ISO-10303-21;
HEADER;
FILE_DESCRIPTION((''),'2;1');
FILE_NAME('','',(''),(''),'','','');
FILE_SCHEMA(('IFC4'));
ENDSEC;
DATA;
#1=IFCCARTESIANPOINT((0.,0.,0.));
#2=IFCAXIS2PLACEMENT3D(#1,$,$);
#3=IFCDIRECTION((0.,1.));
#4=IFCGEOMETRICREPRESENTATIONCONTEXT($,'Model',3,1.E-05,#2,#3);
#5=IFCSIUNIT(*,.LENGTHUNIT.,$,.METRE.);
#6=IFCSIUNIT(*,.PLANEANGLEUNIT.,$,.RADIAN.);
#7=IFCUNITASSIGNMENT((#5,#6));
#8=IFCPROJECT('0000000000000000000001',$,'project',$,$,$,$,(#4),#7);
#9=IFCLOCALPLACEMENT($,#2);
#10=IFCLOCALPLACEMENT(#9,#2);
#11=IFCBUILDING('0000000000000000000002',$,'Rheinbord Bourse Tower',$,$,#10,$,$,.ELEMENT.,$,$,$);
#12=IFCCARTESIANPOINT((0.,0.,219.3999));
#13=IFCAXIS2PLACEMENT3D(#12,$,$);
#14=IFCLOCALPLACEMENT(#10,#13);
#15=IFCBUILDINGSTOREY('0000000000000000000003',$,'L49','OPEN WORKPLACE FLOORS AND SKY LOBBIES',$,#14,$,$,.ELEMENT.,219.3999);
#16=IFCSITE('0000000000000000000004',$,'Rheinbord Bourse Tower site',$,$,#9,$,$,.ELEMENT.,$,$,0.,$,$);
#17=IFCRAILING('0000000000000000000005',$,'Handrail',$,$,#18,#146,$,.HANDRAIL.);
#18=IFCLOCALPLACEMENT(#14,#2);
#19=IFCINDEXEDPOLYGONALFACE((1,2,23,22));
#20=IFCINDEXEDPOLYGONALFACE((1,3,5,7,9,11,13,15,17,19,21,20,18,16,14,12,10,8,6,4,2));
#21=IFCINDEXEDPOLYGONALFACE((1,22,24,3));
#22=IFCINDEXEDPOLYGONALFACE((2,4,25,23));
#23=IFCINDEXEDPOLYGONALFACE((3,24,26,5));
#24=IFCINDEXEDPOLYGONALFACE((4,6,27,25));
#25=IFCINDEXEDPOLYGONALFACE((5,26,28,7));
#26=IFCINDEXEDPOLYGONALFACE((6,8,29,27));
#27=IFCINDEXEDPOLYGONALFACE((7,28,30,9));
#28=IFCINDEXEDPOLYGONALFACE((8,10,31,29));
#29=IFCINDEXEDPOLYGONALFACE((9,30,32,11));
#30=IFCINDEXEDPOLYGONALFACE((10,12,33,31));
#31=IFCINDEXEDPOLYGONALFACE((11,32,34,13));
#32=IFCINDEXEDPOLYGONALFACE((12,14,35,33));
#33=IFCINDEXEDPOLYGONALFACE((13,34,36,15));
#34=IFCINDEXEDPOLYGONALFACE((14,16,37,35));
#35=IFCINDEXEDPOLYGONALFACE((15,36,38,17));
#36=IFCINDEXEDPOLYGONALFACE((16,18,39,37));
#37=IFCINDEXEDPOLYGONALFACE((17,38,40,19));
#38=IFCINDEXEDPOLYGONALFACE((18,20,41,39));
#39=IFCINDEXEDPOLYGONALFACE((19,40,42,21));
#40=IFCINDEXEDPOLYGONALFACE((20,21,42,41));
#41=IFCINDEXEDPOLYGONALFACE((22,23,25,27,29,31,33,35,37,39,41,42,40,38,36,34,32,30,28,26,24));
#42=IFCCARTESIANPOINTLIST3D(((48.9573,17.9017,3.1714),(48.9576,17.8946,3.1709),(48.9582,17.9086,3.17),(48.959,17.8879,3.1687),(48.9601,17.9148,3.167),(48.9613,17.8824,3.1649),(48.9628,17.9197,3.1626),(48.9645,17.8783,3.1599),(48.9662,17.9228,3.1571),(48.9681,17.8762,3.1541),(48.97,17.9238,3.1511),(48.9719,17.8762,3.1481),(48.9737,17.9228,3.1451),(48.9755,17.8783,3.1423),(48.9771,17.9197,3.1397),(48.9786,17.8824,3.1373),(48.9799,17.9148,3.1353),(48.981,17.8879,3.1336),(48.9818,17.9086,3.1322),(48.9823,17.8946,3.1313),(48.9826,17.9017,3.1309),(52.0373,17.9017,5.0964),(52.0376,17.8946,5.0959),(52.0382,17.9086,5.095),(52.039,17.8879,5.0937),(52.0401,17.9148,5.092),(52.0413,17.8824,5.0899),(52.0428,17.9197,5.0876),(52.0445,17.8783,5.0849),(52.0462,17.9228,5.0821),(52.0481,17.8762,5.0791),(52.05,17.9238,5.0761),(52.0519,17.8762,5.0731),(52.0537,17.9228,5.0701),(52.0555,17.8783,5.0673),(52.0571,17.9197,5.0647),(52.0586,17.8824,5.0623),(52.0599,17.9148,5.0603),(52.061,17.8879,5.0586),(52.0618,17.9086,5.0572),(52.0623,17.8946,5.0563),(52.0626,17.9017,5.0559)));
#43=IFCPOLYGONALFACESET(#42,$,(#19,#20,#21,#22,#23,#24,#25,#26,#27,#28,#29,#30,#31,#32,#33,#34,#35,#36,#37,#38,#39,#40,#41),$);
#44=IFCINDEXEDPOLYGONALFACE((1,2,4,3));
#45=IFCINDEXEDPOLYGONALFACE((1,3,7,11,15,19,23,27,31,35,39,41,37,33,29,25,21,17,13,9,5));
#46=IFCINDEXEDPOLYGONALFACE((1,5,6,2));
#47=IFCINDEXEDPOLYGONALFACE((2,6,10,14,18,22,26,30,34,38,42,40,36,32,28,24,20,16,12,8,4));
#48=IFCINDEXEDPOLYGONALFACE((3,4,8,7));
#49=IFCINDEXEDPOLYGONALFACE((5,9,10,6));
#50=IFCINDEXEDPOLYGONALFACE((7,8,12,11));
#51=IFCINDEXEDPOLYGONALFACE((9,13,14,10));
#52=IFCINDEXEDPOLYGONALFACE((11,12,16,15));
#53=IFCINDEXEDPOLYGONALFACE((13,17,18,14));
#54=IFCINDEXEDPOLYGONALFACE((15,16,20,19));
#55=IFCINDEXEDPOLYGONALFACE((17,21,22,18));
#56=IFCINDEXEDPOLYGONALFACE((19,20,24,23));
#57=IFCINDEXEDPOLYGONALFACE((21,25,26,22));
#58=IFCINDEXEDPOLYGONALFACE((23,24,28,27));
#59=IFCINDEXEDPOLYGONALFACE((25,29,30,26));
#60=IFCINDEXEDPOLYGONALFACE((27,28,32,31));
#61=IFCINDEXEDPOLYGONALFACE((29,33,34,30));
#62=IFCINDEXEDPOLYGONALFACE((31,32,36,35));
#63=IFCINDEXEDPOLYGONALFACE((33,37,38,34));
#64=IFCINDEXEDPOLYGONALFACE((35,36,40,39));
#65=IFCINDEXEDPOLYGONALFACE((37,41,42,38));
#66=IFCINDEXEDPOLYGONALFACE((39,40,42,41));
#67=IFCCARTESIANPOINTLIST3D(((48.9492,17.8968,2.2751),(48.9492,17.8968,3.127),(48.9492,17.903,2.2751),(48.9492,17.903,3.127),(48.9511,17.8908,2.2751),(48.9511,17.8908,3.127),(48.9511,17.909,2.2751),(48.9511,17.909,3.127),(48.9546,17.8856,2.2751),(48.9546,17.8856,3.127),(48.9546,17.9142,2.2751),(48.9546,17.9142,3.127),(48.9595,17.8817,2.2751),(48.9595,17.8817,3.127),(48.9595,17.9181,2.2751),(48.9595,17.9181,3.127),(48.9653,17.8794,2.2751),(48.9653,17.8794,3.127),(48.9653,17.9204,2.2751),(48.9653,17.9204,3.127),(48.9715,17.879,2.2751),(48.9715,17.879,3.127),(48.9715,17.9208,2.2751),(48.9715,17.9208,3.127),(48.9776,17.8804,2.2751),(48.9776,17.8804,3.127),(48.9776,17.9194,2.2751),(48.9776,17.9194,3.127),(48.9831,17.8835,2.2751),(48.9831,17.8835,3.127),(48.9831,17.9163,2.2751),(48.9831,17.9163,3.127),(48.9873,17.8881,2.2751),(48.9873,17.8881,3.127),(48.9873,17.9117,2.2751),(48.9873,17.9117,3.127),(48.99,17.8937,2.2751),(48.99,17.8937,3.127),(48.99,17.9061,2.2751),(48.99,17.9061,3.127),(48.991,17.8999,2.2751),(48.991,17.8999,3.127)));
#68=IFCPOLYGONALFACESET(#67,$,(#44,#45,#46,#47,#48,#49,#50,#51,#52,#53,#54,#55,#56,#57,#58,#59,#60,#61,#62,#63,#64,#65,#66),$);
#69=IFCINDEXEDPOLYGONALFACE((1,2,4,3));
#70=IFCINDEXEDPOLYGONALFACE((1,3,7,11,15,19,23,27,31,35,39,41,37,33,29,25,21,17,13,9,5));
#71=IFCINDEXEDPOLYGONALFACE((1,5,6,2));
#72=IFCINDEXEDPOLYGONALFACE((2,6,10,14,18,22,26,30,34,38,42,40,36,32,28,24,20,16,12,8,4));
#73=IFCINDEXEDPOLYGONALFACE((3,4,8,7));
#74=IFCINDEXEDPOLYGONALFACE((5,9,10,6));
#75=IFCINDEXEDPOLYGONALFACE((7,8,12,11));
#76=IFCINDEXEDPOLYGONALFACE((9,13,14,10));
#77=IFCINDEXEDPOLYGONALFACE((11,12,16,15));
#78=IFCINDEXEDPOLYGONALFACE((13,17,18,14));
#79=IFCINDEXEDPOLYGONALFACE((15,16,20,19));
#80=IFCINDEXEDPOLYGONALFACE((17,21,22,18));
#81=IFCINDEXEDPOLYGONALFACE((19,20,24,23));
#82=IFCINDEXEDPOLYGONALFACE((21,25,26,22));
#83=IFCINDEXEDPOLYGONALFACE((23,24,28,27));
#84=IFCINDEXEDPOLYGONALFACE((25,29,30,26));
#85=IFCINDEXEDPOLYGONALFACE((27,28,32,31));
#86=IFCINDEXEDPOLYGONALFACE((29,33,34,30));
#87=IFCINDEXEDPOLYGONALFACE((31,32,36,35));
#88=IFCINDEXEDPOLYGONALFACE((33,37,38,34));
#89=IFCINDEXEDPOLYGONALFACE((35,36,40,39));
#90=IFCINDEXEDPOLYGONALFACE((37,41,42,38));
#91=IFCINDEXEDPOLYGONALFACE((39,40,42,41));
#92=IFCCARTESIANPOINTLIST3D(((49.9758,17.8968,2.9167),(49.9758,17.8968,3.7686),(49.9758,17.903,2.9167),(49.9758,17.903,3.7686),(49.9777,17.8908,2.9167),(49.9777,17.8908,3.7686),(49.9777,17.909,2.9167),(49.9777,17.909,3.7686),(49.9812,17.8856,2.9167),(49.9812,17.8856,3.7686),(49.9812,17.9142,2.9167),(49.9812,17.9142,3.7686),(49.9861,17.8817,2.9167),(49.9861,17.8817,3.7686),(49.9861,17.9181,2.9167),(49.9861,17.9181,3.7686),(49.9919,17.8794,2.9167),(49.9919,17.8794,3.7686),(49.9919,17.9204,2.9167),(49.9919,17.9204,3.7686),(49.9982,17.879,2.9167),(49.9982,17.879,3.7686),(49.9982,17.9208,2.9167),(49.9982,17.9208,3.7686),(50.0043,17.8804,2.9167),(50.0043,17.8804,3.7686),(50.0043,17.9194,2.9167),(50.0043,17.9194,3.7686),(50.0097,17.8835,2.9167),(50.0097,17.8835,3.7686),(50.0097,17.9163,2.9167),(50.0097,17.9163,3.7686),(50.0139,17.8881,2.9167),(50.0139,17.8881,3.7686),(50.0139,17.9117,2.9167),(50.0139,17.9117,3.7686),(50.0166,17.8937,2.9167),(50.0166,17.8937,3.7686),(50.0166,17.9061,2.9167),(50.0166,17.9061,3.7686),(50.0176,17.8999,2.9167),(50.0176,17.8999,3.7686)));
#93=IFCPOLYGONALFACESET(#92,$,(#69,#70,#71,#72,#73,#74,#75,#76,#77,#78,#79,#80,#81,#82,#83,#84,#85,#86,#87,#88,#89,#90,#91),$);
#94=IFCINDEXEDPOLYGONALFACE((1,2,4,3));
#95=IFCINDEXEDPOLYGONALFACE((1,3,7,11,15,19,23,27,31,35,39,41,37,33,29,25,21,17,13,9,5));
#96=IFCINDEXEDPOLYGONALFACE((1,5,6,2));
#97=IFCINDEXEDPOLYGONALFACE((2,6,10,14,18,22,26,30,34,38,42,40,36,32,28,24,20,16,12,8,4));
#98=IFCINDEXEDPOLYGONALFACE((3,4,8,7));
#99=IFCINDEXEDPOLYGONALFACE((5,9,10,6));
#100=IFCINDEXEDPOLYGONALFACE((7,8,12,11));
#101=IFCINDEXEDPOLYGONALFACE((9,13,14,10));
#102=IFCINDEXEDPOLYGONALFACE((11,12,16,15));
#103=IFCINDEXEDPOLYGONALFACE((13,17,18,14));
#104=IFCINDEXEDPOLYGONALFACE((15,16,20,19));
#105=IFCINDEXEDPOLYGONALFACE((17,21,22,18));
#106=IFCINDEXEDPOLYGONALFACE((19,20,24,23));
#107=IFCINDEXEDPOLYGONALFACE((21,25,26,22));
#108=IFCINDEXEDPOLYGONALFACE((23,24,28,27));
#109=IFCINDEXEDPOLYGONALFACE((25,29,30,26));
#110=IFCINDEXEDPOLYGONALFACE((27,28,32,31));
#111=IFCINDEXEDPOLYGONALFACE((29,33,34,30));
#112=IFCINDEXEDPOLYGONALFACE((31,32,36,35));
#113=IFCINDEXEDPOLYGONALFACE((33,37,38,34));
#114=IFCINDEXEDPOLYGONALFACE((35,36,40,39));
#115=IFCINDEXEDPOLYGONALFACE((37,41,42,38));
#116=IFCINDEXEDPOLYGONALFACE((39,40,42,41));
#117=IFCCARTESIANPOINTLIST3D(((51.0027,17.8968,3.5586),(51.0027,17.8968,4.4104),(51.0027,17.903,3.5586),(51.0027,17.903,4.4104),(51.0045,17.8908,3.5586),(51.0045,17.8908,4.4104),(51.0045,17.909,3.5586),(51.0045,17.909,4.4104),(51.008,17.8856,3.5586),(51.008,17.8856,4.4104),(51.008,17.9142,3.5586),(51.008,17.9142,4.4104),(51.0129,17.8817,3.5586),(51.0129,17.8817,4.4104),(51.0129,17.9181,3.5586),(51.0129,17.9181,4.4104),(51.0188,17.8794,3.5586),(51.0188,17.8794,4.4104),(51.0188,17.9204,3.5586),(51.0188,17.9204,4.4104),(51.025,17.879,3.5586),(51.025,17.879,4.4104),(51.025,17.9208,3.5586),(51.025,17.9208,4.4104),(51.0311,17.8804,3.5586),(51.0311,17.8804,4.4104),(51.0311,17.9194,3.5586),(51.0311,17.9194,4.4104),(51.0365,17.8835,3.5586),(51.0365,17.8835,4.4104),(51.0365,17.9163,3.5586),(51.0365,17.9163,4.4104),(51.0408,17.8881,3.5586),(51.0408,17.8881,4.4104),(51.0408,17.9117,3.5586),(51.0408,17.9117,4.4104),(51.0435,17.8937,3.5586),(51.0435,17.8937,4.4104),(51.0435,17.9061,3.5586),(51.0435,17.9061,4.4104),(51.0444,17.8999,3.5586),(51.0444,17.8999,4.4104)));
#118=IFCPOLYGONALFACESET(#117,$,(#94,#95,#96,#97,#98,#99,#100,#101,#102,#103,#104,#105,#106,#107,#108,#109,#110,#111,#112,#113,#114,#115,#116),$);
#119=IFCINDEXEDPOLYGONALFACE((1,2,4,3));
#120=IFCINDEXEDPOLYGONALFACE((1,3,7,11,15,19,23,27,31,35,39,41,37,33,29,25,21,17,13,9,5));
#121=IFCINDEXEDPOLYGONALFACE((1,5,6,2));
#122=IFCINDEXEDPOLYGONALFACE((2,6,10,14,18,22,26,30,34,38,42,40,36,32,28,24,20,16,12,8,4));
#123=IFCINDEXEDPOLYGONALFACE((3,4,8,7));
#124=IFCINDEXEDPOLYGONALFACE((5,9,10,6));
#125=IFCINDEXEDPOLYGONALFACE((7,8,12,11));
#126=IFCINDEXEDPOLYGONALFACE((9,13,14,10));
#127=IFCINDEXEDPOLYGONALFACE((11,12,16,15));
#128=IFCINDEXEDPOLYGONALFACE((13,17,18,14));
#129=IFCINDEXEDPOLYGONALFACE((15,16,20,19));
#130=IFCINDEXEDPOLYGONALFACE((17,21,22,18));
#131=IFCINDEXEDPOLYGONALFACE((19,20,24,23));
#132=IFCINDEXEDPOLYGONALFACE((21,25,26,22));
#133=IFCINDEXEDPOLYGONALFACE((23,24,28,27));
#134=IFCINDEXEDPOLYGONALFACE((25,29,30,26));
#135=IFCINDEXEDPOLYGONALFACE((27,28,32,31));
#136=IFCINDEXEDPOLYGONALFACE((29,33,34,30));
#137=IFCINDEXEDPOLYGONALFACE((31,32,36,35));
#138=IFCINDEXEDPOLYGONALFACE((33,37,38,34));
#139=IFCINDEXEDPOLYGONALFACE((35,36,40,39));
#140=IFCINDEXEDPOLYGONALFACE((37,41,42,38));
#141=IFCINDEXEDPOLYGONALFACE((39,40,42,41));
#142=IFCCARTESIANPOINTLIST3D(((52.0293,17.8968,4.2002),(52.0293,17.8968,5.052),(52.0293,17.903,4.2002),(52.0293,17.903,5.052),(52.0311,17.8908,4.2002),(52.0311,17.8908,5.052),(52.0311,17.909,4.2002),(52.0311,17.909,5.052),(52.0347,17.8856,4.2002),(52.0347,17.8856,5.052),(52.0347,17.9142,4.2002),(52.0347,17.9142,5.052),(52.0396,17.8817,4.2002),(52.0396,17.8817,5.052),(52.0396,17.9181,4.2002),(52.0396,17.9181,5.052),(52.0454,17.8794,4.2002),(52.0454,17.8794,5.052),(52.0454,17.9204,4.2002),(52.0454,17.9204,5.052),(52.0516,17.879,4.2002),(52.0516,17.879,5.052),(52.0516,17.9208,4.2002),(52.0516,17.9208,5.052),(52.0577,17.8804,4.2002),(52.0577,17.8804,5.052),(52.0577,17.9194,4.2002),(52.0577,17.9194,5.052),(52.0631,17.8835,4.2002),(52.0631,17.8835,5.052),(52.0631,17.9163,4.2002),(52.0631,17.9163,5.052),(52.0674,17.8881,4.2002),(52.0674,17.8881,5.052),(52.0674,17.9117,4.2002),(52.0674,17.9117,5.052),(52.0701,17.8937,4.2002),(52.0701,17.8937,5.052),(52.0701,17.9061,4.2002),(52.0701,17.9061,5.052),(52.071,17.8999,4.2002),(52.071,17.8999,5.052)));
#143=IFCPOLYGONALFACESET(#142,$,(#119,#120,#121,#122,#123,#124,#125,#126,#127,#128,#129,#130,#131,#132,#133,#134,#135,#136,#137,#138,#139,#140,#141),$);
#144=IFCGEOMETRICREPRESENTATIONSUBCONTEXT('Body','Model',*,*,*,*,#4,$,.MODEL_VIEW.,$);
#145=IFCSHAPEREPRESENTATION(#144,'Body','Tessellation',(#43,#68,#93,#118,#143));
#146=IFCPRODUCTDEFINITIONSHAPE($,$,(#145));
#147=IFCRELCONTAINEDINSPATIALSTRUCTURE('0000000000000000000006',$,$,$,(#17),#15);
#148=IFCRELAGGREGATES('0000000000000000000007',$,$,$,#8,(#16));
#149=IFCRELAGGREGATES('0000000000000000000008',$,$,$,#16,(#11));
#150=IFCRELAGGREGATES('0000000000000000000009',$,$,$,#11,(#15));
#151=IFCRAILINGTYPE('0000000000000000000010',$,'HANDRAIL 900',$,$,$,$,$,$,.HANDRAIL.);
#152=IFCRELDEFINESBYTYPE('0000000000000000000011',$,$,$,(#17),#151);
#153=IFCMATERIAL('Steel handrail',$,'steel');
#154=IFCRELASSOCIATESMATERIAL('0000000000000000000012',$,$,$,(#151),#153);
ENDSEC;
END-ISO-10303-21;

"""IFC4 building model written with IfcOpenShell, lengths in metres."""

from ifc_helpers import new_model, si_unit, direction, frame, origin, origin_2d, place, context, subcontext, project, spatial, circle, extrude, material, type_object, element, save


model = new_model("IFC4")

# Units and contexts
model_context = context("Model", 3, precision=1e-05, world=origin(), true_north=direction((0.0, 1.0)))
body_context = subcontext(model_context, "Body", "Model", "MODEL_VIEW")
ifc_project = project(units=[si_unit("LENGTHUNIT", "METRE"), si_unit("PLANEANGLEUNIT", "RADIAN")], contexts=[model_context])

# Site, building, storey
site_placement = place(None, origin())
site = spatial("IfcSite", under=ifc_project, at=site_placement, Name="Rheinbord Bourse Tower site", CompositionType="ELEMENT", RefElevation=0.0)
building_placement = place(site_placement, origin())
building = spatial("IfcBuilding", under=site, at=building_placement, Name="Rheinbord Bourse Tower", CompositionType="ELEMENT")
storey_placement = place(building_placement, frame((0.0, 0.0, 219.3999)))
storey = spatial("IfcBuildingStorey", under=building, at=storey_placement, Name="L49", Description="OPEN WORKPLACE FLOORS AND SKY LOBBIES", CompositionType="ELEMENT", Elevation=219.3999)

# Railing
ifc_material_1 = material(Name="Steel handrail", Category="steel")
railing_type = type_object("IfcRailingType", Name="HANDRAIL 900", PredefinedType="HANDRAIL", material=ifc_material_1)
railing_1_placement = place(storey_placement, frame((48.97, 17.8999, 2.2751)))
element("IfcRailing", 1, at=railing_1_placement, inside=storey, type_object=railing_type, Name="Handrail", PredefinedType="HANDRAIL", context=body_context, shape_type="SweptSolid", body=[
    extrude(circle(Radius=0.0239, at=origin_2d()), frame((0.0, 0.0, 0.876), z_axis=(0.847998, 0.0, 0.529999), x_axis=(0.0, 1.0, 0.0)), (0.0, 0.0, 1.0), 3.6321),
    extrude(circle(Radius=0.021, at=origin_2d()), origin(), (0.0, 0.0, 1.0), 0.8518),
    extrude(circle(Radius=0.021, at=origin_2d()), frame((1.0266, 0.0, 0.6416)), (0.0, 0.0, 1.0), 0.8518),
    extrude(circle(Radius=0.021, at=origin_2d()), frame((2.0535, 0.0, 1.2834)), (0.0, 0.0, 1.0), 0.8518),
    extrude(circle(Radius=0.021, at=origin_2d()), frame((3.0801, 0.0, 1.925)), (0.0, 0.0, 1.0), 0.8518),
])

save(model, "model.ifc")
